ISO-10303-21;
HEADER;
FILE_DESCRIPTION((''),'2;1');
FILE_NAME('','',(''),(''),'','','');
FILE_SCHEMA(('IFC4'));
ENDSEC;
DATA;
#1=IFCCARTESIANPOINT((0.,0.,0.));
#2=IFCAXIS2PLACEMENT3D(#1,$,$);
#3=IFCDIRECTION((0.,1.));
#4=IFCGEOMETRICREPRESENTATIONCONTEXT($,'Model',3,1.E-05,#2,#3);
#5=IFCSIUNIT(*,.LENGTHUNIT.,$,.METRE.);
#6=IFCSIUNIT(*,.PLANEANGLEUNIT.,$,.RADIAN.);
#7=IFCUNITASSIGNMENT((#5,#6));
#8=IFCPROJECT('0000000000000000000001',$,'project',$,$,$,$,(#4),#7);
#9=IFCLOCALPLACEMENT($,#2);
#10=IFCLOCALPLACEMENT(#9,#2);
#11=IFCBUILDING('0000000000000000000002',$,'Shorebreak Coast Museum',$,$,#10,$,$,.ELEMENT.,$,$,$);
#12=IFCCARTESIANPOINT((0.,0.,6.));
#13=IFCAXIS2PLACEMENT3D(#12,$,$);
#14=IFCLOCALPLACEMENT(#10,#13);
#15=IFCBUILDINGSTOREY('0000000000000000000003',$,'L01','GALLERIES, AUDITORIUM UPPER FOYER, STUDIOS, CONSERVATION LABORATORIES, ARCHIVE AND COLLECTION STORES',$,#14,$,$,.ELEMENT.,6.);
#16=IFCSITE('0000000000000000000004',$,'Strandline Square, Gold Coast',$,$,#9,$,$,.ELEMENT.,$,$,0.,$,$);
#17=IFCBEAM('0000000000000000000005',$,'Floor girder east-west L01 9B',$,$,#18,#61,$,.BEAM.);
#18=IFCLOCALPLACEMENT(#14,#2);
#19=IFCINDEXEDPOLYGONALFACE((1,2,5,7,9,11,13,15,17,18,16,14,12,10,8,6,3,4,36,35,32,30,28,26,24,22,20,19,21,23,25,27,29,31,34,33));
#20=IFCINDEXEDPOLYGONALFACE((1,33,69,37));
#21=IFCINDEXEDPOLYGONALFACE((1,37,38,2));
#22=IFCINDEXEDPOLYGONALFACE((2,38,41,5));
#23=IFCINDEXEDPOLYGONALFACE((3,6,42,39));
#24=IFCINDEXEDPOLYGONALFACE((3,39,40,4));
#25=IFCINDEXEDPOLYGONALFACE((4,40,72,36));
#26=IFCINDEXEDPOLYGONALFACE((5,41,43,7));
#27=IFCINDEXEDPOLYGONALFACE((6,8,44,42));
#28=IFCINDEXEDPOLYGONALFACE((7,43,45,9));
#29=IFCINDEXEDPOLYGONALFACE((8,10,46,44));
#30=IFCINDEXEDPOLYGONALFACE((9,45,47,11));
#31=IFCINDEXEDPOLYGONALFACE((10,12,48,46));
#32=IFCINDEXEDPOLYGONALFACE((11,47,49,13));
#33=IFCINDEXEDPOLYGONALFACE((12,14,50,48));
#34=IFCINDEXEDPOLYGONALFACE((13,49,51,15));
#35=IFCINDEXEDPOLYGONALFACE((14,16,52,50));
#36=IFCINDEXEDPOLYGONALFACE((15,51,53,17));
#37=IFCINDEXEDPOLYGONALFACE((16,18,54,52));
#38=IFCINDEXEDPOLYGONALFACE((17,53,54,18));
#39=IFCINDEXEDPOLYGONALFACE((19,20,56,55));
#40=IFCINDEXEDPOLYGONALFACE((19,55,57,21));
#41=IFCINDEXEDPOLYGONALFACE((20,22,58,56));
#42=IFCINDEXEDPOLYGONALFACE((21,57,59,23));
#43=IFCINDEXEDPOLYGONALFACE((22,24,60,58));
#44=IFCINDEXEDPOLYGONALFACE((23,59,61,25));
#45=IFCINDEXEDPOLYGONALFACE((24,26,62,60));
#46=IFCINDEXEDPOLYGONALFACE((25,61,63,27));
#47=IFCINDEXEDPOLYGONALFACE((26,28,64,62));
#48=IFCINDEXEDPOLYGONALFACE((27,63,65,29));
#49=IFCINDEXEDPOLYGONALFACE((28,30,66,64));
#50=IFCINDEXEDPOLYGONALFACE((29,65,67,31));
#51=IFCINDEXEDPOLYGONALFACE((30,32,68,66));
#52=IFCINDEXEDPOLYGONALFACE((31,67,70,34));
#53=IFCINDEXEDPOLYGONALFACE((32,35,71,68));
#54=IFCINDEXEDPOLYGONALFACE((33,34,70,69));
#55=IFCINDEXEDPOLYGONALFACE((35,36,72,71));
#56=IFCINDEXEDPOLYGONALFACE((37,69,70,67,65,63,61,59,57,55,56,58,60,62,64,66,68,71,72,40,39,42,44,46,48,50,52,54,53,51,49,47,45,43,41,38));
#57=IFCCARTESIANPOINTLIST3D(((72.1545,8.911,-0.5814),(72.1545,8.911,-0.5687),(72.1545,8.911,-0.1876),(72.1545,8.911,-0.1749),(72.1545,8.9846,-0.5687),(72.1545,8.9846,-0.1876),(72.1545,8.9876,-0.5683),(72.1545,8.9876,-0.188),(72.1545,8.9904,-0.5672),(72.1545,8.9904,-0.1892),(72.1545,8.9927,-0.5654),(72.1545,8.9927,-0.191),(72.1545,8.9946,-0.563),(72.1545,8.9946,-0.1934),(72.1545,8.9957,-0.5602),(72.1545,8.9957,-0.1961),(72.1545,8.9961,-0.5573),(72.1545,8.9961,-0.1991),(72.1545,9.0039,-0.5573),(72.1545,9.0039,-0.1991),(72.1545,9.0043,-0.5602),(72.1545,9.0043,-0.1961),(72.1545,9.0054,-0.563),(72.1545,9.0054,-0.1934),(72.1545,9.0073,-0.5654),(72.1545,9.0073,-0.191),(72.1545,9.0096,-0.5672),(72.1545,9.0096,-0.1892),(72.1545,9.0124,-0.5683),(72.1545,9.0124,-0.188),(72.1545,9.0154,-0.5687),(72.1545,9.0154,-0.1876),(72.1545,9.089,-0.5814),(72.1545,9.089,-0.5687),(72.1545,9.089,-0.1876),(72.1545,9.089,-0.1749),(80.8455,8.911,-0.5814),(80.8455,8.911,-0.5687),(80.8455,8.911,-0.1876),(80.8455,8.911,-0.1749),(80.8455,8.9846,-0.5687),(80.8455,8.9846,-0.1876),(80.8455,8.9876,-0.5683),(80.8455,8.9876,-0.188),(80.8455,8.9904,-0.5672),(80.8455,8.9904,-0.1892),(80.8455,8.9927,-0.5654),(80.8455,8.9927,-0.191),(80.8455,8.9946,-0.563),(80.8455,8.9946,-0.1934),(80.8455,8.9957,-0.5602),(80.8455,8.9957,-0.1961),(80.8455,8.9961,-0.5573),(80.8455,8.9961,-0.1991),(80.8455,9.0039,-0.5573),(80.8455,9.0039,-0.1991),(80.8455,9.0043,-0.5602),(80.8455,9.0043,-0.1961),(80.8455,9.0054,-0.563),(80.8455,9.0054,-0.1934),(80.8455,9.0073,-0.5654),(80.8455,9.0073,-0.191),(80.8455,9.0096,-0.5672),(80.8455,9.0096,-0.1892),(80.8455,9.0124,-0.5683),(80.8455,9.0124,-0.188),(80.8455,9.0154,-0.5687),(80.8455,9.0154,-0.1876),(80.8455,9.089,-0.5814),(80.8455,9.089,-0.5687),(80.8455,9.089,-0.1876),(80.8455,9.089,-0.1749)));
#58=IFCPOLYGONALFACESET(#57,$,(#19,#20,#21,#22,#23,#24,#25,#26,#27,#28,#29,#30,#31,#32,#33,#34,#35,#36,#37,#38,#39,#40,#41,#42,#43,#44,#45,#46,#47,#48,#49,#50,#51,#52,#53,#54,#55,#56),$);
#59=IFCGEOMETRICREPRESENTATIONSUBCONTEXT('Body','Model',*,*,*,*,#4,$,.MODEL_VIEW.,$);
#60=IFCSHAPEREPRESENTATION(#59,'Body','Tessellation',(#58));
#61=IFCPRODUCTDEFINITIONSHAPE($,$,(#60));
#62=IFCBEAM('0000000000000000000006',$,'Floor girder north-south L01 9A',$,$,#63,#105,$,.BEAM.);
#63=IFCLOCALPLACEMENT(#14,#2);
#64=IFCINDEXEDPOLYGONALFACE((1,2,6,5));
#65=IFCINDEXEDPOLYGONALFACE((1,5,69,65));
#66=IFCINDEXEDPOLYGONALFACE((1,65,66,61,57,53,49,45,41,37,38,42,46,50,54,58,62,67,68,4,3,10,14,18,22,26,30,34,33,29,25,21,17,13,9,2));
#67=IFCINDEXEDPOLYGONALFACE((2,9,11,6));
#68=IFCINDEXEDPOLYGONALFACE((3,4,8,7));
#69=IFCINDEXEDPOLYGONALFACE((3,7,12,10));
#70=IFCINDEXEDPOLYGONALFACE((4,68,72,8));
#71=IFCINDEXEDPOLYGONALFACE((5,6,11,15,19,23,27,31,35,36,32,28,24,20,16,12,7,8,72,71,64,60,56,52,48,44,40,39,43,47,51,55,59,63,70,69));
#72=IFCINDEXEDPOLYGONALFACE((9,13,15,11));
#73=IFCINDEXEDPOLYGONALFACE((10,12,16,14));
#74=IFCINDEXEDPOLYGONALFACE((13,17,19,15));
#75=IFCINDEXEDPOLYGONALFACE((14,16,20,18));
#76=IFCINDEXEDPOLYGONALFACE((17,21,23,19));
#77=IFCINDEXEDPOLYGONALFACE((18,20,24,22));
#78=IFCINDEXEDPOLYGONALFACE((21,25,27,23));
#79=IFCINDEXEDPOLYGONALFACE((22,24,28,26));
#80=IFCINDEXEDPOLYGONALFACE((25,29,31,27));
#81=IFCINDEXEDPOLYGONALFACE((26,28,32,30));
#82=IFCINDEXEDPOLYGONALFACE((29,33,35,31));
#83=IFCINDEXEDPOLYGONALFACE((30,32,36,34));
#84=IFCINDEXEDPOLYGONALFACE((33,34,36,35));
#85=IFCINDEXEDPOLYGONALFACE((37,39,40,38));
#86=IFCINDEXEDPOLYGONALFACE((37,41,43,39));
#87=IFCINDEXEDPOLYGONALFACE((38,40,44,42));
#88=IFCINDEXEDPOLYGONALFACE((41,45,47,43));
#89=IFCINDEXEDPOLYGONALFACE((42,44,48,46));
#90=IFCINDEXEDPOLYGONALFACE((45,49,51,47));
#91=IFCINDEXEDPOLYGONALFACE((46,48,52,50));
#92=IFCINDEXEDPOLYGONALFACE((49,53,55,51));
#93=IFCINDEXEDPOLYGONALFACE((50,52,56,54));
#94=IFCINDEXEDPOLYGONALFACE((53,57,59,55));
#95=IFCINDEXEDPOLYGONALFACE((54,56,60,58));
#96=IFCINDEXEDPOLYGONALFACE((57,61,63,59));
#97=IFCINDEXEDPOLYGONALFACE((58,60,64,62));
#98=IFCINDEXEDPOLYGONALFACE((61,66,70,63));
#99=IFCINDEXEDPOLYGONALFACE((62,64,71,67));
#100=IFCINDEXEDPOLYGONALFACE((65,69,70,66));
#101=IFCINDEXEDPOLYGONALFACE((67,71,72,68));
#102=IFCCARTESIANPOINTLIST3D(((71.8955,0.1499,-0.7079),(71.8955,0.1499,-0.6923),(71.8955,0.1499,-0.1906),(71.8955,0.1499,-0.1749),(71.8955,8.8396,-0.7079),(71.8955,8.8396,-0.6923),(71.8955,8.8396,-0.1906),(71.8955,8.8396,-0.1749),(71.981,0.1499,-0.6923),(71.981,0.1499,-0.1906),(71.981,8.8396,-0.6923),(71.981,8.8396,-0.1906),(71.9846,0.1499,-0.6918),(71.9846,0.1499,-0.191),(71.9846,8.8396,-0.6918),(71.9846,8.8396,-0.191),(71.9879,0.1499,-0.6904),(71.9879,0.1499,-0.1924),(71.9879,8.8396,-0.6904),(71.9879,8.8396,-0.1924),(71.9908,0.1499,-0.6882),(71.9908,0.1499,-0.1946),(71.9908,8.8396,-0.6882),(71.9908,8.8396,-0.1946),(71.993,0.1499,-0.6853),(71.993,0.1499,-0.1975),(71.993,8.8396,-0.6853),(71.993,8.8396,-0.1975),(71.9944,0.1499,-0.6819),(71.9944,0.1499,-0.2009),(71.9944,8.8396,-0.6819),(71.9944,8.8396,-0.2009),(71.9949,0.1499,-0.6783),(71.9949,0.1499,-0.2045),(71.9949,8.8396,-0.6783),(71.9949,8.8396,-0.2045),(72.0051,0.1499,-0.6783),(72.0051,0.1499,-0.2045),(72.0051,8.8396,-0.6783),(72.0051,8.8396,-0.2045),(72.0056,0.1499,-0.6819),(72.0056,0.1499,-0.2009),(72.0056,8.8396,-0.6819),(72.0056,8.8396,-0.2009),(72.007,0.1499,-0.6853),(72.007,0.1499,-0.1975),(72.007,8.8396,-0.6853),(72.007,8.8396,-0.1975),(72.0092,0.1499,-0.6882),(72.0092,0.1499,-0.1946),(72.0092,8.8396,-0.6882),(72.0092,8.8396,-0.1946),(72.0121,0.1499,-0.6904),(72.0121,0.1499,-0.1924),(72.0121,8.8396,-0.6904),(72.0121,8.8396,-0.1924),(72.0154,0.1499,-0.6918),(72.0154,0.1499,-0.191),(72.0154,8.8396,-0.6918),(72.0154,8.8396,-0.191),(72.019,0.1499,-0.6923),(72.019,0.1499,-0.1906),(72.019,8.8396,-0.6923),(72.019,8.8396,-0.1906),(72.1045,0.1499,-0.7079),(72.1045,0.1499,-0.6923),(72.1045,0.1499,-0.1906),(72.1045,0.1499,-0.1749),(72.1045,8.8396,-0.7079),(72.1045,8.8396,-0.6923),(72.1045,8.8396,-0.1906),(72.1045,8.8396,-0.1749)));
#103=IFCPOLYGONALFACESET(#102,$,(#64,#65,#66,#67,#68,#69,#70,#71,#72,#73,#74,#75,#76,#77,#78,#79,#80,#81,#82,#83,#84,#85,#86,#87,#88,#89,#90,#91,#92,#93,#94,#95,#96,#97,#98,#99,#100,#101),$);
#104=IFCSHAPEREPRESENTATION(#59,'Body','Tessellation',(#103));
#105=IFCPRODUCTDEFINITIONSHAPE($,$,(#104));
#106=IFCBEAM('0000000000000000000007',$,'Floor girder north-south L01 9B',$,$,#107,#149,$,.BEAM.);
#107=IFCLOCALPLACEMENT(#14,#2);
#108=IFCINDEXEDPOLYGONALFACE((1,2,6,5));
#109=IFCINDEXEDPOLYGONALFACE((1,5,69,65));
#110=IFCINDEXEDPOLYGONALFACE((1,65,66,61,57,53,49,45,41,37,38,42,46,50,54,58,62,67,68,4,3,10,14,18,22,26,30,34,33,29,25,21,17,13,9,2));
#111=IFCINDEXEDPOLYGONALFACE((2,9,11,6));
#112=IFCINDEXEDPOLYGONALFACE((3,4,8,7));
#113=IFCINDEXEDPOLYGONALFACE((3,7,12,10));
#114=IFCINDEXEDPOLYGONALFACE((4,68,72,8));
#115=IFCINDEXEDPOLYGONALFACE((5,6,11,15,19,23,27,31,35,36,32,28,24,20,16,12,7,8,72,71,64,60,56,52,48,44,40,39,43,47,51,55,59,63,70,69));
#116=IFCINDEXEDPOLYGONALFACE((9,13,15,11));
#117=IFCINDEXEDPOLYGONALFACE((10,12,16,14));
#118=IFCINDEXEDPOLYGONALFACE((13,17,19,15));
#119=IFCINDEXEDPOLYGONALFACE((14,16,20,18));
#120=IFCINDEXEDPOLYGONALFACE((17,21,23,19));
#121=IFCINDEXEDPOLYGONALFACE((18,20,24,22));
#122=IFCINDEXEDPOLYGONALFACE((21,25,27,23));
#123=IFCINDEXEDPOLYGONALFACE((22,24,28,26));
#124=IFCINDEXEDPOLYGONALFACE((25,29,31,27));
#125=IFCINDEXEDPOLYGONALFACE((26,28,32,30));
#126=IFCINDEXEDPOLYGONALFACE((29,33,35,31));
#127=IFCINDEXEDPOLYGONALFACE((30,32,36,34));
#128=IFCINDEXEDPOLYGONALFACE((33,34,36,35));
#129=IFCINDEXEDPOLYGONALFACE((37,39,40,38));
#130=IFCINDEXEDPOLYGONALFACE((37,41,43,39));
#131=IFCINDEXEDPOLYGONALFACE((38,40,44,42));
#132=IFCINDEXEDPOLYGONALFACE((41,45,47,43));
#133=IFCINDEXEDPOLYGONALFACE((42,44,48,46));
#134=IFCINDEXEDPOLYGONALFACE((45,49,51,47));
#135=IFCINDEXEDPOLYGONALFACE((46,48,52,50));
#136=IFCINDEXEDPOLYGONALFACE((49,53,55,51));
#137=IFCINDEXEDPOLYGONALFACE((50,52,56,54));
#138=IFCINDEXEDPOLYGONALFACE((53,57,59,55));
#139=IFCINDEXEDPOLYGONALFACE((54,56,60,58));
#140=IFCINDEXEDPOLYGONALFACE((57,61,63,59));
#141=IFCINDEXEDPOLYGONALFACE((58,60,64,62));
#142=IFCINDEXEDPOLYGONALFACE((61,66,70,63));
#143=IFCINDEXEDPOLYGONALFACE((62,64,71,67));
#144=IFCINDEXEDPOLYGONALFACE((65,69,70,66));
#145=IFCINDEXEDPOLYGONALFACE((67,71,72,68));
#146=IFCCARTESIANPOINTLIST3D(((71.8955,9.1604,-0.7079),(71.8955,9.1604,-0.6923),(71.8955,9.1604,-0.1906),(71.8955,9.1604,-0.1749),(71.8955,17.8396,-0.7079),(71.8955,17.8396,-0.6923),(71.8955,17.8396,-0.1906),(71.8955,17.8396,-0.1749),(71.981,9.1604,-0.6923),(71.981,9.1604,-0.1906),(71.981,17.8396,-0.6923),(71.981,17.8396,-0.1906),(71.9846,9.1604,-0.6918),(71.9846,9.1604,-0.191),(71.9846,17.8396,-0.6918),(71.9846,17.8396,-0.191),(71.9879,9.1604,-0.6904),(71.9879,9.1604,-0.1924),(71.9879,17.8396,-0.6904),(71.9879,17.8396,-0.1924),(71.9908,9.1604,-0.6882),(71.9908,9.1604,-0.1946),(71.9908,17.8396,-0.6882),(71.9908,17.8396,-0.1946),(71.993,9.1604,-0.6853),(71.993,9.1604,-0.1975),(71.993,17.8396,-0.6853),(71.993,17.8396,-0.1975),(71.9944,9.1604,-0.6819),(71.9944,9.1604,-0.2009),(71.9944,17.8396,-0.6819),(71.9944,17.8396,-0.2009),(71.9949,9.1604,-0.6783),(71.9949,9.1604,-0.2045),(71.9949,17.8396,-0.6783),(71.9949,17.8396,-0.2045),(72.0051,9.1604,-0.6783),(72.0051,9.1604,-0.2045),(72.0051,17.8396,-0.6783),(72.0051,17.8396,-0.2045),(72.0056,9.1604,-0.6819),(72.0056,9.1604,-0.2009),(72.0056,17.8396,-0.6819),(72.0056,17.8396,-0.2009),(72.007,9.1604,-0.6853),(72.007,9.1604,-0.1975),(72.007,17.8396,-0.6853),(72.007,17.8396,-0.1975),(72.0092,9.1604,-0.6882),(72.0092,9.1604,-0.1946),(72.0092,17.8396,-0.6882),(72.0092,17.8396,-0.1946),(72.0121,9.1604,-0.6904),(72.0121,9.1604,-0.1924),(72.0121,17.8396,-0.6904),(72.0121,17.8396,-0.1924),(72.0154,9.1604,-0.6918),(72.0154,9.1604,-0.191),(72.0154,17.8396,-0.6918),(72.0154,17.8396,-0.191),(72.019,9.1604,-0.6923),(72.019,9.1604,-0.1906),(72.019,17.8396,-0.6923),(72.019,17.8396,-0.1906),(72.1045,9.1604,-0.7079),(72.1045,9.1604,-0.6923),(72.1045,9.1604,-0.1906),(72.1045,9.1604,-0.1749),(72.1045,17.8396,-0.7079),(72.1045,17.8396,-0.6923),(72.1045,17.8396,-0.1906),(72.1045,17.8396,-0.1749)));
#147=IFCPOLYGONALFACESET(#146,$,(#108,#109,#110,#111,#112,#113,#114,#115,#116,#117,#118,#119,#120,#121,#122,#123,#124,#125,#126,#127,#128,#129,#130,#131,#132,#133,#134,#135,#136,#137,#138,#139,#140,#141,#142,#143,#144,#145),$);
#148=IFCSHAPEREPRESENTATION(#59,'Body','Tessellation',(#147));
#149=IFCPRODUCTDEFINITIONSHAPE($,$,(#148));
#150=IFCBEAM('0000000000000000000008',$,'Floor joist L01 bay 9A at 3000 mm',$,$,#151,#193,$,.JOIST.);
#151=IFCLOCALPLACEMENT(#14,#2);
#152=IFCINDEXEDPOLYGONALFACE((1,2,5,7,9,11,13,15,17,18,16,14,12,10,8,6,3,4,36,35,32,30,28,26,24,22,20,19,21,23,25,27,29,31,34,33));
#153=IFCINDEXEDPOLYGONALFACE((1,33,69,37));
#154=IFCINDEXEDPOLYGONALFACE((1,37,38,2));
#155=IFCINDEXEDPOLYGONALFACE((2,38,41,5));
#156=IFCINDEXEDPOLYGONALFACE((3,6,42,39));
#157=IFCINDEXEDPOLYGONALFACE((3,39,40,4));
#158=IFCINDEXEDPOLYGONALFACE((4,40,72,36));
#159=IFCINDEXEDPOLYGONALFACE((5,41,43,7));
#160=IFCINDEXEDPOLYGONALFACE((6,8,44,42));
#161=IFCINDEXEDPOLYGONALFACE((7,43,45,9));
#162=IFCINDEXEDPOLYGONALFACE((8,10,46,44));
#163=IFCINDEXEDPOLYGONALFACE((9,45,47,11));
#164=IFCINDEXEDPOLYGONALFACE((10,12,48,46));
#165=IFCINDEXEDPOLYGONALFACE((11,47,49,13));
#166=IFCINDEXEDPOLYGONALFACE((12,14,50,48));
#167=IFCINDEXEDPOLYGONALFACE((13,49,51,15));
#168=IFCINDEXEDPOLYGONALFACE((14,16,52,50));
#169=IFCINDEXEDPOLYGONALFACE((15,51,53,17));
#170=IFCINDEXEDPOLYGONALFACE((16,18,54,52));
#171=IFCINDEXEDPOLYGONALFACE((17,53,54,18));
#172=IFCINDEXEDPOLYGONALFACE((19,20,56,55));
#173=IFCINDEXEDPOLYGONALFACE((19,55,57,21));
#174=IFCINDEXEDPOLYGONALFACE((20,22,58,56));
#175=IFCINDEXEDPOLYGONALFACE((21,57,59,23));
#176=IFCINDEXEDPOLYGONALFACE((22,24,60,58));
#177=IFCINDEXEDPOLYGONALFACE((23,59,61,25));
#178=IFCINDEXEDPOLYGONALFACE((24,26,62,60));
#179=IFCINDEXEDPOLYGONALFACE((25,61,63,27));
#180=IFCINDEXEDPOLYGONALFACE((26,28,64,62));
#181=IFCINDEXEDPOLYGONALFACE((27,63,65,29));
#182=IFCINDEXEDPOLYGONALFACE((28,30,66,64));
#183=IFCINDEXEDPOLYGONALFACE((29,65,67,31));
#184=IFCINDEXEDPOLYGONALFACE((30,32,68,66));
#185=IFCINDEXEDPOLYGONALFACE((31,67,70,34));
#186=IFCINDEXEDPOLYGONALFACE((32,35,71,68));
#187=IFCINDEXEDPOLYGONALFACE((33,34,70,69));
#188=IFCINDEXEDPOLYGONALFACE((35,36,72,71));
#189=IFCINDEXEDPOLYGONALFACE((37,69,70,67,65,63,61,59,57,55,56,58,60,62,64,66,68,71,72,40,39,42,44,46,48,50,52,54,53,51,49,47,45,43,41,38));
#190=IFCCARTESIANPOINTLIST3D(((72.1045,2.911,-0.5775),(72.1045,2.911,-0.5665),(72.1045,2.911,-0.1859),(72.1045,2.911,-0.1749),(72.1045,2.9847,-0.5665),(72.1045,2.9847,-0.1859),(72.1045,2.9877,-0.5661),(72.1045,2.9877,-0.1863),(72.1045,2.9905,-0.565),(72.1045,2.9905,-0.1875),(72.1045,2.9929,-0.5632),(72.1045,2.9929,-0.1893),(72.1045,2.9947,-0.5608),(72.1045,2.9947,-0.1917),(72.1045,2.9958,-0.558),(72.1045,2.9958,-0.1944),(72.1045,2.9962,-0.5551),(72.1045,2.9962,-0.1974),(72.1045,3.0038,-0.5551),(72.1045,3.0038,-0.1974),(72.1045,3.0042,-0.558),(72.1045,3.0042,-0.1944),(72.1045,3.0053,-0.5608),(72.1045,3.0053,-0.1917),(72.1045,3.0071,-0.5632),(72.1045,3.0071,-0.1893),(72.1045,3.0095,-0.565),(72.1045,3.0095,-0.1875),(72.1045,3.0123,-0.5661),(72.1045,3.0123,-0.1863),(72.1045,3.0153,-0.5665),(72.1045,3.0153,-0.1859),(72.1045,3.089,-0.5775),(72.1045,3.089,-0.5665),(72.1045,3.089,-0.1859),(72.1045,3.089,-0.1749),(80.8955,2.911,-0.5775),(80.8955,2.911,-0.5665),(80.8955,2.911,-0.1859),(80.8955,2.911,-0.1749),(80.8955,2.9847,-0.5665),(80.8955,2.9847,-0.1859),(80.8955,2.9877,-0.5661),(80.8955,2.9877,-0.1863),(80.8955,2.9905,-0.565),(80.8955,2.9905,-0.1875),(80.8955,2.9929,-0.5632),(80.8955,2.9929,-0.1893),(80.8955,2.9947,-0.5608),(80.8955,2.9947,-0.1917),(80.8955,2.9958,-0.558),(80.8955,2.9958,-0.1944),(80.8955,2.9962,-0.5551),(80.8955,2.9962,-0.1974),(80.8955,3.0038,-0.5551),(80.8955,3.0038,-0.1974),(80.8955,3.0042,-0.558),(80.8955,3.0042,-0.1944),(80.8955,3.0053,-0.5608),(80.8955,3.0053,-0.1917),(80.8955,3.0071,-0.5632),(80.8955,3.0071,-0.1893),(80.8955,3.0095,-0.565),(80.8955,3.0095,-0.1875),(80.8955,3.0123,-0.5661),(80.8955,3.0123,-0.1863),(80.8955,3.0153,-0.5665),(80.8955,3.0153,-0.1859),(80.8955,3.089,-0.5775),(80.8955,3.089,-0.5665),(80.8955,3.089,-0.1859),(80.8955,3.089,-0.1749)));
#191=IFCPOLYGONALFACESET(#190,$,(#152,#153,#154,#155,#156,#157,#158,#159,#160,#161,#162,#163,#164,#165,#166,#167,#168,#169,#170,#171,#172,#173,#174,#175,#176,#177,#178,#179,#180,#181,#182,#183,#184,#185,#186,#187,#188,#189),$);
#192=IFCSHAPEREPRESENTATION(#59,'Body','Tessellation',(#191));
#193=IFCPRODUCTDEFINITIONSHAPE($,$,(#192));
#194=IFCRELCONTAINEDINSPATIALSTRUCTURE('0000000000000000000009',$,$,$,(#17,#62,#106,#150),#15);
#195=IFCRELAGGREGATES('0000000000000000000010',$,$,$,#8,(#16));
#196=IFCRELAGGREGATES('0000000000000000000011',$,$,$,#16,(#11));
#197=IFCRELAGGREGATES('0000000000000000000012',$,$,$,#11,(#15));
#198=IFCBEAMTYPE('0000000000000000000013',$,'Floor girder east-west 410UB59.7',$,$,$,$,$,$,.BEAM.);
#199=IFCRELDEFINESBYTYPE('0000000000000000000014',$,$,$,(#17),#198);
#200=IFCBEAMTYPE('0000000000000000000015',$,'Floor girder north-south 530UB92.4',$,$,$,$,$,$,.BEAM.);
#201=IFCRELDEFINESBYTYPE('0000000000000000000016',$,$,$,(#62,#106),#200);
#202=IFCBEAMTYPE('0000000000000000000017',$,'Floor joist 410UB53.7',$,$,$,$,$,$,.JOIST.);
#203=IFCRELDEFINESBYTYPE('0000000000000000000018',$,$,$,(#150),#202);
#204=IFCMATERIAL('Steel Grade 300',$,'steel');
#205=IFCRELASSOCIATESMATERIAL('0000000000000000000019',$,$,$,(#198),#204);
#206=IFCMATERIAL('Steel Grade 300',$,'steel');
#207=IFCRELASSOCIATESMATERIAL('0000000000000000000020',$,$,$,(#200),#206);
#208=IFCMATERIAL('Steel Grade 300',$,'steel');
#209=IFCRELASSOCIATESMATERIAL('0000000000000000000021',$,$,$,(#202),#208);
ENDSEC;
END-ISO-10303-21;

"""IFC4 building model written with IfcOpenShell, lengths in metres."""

from ifc_helpers import new_model, si_unit, direction, frame, origin, origin_2d, place, context, subcontext, project, spatial, i_section, extrude, material, material_profile, profile_set, type_object, element, save


model = new_model("IFC4")

# Units and contexts
model_context = context("Model", 3, precision=1e-05, world=origin(), true_north=direction((0.0, 1.0)))
body_context = subcontext(model_context, "Body", "Model", "MODEL_VIEW")
ifc_project = project(units=[si_unit("LENGTHUNIT", "METRE"), si_unit("PLANEANGLEUNIT", "RADIAN")], contexts=[model_context])

# Site, building, storey
site_placement = place(None, origin())
site = spatial("IfcSite", under=ifc_project, at=site_placement, Name="Strandline Square, Gold Coast", CompositionType="ELEMENT", RefElevation=0.0)
building_placement = place(site_placement, origin())
building = spatial("IfcBuilding", under=site, at=building_placement, Name="Shorebreak Coast Museum", CompositionType="ELEMENT")
storey_placement = place(building_placement, frame((0.0, 0.0, 6.0)))
storey = spatial("IfcBuildingStorey", under=building, at=storey_placement, Name="L01", Description="GALLERIES, AUDITORIUM UPPER FOYER, STUDIOS, CONSERVATION LABORATORIES, ARCHIVE AND COLLECTION STORES", CompositionType="ELEMENT", Elevation=6.0)

# Beams
ifc_material_1 = material(Name="Steel Grade 300", Category="steel")
ifc_material_profile_1 = material_profile(ifc_material_1, i_section(OverallWidth=0.178, OverallDepth=0.4065, WebThickness=0.0078, FlangeThickness=0.0127, FilletRadius=0.0115, at=origin_2d()), Name="410UB59.7")
ifc_profile_set_1 = profile_set([ifc_material_profile_1], Name="Steel Grade 300")
beam_type_1 = type_object("IfcBeamType", Name="Floor girder east-west 410UB59.7", PredefinedType="BEAM", material=ifc_profile_set_1)
beam_1_placement = place(storey_placement, frame((72.1545, 9.0, -0.3782), z_axis=(1.0, 0.0, 0.0), x_axis=(0.0, 1.0, 0.0)))
element("IfcBeam", 1, at=beam_1_placement, inside=storey, type_object=beam_type_1, Name="Floor girder east-west L01 9B", PredefinedType="BEAM", context=body_context, shape_type="SweptSolid", body=[
    extrude(i_section(OverallWidth=0.178, OverallDepth=0.4065, WebThickness=0.0078, FlangeThickness=0.0127, FilletRadius=0.0115, at=origin_2d()), origin(), (0.0, 0.0, 1.0), 8.6909),
])
ifc_material_2 = material(Name="Steel Grade 300", Category="steel")
ifc_material_profile_2 = material_profile(ifc_material_2, i_section(OverallWidth=0.209, OverallDepth=0.533, WebThickness=0.0103, FlangeThickness=0.0156, FilletRadius=0.0139, at=origin_2d()), Name="530UB92.4")
ifc_profile_set_2 = profile_set([ifc_material_profile_2], Name="Steel Grade 300")
beam_type_2 = type_object("IfcBeamType", Name="Floor girder north-south 530UB92.4", PredefinedType="BEAM", material=ifc_profile_set_2)
beam_2_placement = place(storey_placement, frame((72.0, 0.1499, -0.4414), z_axis=(0.0, 1.0, 0.0), x_axis=(-1.0, 0.0, 0.0)))
element("IfcBeam", 2, at=beam_2_placement, inside=storey, type_object=beam_type_2, Name="Floor girder north-south L01 9A", PredefinedType="BEAM", context=body_context, shape_type="SweptSolid", body=[
    extrude(i_section(OverallWidth=0.209, OverallDepth=0.533, WebThickness=0.0103, FlangeThickness=0.0156, FilletRadius=0.0139, at=origin_2d()), origin(), (0.0, 0.0, 1.0), 8.6897),
])
beam_3_placement = place(storey_placement, frame((72.0, 9.1604, -0.4414), z_axis=(0.0, 1.0, 0.0), x_axis=(-1.0, 0.0, 0.0)))
element("IfcBeam", 3, at=beam_3_placement, inside=storey, type_object=beam_type_2, Name="Floor girder north-south L01 9B", PredefinedType="BEAM", context=body_context, shape_type="SweptSolid", body=[
    extrude(i_section(OverallWidth=0.209, OverallDepth=0.533, WebThickness=0.0103, FlangeThickness=0.0156, FilletRadius=0.0139, at=origin_2d()), origin(), (0.0, 0.0, 1.0), 8.6792),
])
ifc_material_3 = material(Name="Steel Grade 300", Category="steel")
ifc_material_profile_3 = material_profile(ifc_material_3, i_section(OverallWidth=0.178, OverallDepth=0.4026, WebThickness=0.0076, FlangeThickness=0.011, FilletRadius=0.0115, at=origin_2d()), Name="410UB53.7")
ifc_profile_set_3 = profile_set([ifc_material_profile_3], Name="Steel Grade 300")
beam_type_3 = type_object("IfcBeamType", Name="Floor joist 410UB53.7", PredefinedType="JOIST", material=ifc_profile_set_3)
for number, where, z_axis, x_axis, name in (
    (4, (72.1045, 3.0, -0.3762), (1.0, 0.0, 0.0), (0.0, 1.0, 0.0), "Floor joist L01 bay 9A at 3000 mm"),
):
    element("IfcBeam", number, at=place(storey_placement, frame(where, z_axis=z_axis, x_axis=x_axis)), inside=storey, type_object=beam_type_3, Name=name, PredefinedType="JOIST", context=body_context, shape_type="SweptSolid", body=[
        extrude(i_section(OverallWidth=0.178, OverallDepth=0.4026, WebThickness=0.0076, FlangeThickness=0.011, FilletRadius=0.0115, at=origin_2d()), origin(), (0.0, 0.0, 1.0), 8.791),
    ])

save(model, "model.ifc")
